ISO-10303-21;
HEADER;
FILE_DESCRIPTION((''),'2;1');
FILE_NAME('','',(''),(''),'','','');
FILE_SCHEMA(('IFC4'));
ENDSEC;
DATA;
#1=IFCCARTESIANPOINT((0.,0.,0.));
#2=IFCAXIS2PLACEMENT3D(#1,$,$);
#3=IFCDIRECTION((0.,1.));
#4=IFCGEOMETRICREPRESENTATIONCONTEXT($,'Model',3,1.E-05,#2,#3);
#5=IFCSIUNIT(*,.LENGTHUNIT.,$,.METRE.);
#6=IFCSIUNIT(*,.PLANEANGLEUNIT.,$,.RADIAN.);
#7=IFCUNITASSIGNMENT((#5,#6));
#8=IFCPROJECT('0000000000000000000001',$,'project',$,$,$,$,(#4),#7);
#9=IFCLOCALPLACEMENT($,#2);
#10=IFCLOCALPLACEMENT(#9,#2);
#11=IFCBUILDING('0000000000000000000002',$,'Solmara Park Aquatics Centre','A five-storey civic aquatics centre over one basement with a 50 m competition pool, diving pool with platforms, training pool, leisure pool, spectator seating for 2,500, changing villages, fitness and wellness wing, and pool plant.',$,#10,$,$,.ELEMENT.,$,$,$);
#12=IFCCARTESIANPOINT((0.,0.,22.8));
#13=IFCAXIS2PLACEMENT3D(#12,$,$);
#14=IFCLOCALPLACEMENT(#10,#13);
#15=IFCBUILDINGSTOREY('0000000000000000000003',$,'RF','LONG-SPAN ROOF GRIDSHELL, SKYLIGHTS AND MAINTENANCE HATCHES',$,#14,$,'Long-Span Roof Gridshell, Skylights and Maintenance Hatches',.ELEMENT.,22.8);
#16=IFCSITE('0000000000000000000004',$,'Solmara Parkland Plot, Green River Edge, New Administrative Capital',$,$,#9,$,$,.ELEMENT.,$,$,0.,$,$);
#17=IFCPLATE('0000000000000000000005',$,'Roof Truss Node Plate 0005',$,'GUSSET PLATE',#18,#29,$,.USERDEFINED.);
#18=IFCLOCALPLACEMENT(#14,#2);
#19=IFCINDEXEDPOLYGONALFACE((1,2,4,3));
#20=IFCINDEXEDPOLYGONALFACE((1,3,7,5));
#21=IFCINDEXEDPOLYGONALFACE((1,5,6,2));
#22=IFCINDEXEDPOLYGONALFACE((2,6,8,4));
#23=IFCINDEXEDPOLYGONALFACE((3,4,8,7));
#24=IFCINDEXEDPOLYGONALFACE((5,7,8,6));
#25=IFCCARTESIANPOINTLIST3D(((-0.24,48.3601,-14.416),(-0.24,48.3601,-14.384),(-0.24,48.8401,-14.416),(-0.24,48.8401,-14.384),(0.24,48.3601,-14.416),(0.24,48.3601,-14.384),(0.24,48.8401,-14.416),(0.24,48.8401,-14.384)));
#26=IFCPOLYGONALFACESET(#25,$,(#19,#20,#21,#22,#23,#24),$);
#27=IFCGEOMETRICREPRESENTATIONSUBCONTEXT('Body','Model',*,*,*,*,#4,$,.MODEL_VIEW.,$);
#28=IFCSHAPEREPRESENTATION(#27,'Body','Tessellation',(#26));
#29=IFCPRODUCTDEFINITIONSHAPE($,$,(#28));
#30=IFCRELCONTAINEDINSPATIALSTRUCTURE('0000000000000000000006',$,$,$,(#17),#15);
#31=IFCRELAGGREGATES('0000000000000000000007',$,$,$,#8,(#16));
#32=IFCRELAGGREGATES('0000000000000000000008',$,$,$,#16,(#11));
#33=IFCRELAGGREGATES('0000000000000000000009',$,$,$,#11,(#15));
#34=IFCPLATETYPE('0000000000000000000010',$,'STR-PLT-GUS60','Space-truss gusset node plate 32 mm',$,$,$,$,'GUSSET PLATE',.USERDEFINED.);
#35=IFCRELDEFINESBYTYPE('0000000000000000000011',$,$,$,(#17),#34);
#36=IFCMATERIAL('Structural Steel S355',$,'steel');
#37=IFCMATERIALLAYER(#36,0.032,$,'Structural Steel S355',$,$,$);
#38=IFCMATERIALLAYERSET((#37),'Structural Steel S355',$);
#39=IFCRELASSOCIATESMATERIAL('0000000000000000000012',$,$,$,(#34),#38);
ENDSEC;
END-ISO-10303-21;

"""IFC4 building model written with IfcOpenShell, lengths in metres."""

from ifc_helpers import new_model, si_unit, direction, frame, origin, origin_2d, place, context, subcontext, project, spatial, rectangle, extrude, material, layer, layer_set, type_object, element, save


model = new_model("IFC4")

# Units and contexts
model_context = context("Model", 3, precision=1e-05, world=origin(), true_north=direction((0.0, 1.0)))
body_context = subcontext(model_context, "Body", "Model", "MODEL_VIEW")
ifc_project = project(units=[si_unit("LENGTHUNIT", "METRE"), si_unit("PLANEANGLEUNIT", "RADIAN")], contexts=[model_context])

# Site, building, storey
site_placement = place(None, origin())
site = spatial("IfcSite", under=ifc_project, at=site_placement, Name="Solmara Parkland Plot, Green River Edge, New Administrative Capital", CompositionType="ELEMENT", RefElevation=0.0)
building_placement = place(site_placement, origin())
building = spatial("IfcBuilding", under=site, at=building_placement, Name="Solmara Park Aquatics Centre", Description="A five-storey civic aquatics centre over one basement with a 50 m competition pool, diving pool with platforms, training pool, leisure pool, spectator seating for 2,500, changing villages, fitness and wellness wing, and pool plant.", CompositionType="ELEMENT")
storey_placement = place(building_placement, frame((0.0, 0.0, 22.8)))
storey = spatial("IfcBuildingStorey", under=building, at=storey_placement, Name="RF", Description="LONG-SPAN ROOF GRIDSHELL, SKYLIGHTS AND MAINTENANCE HATCHES", LongName="Long-Span Roof Gridshell, Skylights and Maintenance Hatches", CompositionType="ELEMENT", Elevation=22.8)

# Shared definitions
ifc_material_1 = material(Name="Structural Steel S355", Category="steel")

# Plate
ifc_layer = layer(ifc_material_1, 0.032, Name="Structural Steel S355")
ifc_layer_set = layer_set([ifc_layer], Name="Structural Steel S355")
plate_type = type_object("IfcPlateType", Name="STR-PLT-GUS60", Description="Space-truss gusset node plate 32 mm", ElementType="GUSSET PLATE", PredefinedType="USERDEFINED", material=ifc_layer_set)
plate_placement = place(storey_placement, frame((0.0, 48.6001, -14.416), z_axis=(0.0, 0.0, 1.0), x_axis=(1.0, 0.0, 0.0)))
element("IfcPlate", 1, at=plate_placement, inside=storey, type_object=plate_type, Name="Roof Truss Node Plate 0005", ObjectType="GUSSET PLATE", PredefinedType="USERDEFINED", context=body_context, shape_type="SweptSolid", body=[
    extrude(rectangle(XDim=0.48, YDim=0.48, at=origin_2d()), origin(), (0.0, 0.0, 1.0), 0.032),
])

save(model, "model.ifc")
